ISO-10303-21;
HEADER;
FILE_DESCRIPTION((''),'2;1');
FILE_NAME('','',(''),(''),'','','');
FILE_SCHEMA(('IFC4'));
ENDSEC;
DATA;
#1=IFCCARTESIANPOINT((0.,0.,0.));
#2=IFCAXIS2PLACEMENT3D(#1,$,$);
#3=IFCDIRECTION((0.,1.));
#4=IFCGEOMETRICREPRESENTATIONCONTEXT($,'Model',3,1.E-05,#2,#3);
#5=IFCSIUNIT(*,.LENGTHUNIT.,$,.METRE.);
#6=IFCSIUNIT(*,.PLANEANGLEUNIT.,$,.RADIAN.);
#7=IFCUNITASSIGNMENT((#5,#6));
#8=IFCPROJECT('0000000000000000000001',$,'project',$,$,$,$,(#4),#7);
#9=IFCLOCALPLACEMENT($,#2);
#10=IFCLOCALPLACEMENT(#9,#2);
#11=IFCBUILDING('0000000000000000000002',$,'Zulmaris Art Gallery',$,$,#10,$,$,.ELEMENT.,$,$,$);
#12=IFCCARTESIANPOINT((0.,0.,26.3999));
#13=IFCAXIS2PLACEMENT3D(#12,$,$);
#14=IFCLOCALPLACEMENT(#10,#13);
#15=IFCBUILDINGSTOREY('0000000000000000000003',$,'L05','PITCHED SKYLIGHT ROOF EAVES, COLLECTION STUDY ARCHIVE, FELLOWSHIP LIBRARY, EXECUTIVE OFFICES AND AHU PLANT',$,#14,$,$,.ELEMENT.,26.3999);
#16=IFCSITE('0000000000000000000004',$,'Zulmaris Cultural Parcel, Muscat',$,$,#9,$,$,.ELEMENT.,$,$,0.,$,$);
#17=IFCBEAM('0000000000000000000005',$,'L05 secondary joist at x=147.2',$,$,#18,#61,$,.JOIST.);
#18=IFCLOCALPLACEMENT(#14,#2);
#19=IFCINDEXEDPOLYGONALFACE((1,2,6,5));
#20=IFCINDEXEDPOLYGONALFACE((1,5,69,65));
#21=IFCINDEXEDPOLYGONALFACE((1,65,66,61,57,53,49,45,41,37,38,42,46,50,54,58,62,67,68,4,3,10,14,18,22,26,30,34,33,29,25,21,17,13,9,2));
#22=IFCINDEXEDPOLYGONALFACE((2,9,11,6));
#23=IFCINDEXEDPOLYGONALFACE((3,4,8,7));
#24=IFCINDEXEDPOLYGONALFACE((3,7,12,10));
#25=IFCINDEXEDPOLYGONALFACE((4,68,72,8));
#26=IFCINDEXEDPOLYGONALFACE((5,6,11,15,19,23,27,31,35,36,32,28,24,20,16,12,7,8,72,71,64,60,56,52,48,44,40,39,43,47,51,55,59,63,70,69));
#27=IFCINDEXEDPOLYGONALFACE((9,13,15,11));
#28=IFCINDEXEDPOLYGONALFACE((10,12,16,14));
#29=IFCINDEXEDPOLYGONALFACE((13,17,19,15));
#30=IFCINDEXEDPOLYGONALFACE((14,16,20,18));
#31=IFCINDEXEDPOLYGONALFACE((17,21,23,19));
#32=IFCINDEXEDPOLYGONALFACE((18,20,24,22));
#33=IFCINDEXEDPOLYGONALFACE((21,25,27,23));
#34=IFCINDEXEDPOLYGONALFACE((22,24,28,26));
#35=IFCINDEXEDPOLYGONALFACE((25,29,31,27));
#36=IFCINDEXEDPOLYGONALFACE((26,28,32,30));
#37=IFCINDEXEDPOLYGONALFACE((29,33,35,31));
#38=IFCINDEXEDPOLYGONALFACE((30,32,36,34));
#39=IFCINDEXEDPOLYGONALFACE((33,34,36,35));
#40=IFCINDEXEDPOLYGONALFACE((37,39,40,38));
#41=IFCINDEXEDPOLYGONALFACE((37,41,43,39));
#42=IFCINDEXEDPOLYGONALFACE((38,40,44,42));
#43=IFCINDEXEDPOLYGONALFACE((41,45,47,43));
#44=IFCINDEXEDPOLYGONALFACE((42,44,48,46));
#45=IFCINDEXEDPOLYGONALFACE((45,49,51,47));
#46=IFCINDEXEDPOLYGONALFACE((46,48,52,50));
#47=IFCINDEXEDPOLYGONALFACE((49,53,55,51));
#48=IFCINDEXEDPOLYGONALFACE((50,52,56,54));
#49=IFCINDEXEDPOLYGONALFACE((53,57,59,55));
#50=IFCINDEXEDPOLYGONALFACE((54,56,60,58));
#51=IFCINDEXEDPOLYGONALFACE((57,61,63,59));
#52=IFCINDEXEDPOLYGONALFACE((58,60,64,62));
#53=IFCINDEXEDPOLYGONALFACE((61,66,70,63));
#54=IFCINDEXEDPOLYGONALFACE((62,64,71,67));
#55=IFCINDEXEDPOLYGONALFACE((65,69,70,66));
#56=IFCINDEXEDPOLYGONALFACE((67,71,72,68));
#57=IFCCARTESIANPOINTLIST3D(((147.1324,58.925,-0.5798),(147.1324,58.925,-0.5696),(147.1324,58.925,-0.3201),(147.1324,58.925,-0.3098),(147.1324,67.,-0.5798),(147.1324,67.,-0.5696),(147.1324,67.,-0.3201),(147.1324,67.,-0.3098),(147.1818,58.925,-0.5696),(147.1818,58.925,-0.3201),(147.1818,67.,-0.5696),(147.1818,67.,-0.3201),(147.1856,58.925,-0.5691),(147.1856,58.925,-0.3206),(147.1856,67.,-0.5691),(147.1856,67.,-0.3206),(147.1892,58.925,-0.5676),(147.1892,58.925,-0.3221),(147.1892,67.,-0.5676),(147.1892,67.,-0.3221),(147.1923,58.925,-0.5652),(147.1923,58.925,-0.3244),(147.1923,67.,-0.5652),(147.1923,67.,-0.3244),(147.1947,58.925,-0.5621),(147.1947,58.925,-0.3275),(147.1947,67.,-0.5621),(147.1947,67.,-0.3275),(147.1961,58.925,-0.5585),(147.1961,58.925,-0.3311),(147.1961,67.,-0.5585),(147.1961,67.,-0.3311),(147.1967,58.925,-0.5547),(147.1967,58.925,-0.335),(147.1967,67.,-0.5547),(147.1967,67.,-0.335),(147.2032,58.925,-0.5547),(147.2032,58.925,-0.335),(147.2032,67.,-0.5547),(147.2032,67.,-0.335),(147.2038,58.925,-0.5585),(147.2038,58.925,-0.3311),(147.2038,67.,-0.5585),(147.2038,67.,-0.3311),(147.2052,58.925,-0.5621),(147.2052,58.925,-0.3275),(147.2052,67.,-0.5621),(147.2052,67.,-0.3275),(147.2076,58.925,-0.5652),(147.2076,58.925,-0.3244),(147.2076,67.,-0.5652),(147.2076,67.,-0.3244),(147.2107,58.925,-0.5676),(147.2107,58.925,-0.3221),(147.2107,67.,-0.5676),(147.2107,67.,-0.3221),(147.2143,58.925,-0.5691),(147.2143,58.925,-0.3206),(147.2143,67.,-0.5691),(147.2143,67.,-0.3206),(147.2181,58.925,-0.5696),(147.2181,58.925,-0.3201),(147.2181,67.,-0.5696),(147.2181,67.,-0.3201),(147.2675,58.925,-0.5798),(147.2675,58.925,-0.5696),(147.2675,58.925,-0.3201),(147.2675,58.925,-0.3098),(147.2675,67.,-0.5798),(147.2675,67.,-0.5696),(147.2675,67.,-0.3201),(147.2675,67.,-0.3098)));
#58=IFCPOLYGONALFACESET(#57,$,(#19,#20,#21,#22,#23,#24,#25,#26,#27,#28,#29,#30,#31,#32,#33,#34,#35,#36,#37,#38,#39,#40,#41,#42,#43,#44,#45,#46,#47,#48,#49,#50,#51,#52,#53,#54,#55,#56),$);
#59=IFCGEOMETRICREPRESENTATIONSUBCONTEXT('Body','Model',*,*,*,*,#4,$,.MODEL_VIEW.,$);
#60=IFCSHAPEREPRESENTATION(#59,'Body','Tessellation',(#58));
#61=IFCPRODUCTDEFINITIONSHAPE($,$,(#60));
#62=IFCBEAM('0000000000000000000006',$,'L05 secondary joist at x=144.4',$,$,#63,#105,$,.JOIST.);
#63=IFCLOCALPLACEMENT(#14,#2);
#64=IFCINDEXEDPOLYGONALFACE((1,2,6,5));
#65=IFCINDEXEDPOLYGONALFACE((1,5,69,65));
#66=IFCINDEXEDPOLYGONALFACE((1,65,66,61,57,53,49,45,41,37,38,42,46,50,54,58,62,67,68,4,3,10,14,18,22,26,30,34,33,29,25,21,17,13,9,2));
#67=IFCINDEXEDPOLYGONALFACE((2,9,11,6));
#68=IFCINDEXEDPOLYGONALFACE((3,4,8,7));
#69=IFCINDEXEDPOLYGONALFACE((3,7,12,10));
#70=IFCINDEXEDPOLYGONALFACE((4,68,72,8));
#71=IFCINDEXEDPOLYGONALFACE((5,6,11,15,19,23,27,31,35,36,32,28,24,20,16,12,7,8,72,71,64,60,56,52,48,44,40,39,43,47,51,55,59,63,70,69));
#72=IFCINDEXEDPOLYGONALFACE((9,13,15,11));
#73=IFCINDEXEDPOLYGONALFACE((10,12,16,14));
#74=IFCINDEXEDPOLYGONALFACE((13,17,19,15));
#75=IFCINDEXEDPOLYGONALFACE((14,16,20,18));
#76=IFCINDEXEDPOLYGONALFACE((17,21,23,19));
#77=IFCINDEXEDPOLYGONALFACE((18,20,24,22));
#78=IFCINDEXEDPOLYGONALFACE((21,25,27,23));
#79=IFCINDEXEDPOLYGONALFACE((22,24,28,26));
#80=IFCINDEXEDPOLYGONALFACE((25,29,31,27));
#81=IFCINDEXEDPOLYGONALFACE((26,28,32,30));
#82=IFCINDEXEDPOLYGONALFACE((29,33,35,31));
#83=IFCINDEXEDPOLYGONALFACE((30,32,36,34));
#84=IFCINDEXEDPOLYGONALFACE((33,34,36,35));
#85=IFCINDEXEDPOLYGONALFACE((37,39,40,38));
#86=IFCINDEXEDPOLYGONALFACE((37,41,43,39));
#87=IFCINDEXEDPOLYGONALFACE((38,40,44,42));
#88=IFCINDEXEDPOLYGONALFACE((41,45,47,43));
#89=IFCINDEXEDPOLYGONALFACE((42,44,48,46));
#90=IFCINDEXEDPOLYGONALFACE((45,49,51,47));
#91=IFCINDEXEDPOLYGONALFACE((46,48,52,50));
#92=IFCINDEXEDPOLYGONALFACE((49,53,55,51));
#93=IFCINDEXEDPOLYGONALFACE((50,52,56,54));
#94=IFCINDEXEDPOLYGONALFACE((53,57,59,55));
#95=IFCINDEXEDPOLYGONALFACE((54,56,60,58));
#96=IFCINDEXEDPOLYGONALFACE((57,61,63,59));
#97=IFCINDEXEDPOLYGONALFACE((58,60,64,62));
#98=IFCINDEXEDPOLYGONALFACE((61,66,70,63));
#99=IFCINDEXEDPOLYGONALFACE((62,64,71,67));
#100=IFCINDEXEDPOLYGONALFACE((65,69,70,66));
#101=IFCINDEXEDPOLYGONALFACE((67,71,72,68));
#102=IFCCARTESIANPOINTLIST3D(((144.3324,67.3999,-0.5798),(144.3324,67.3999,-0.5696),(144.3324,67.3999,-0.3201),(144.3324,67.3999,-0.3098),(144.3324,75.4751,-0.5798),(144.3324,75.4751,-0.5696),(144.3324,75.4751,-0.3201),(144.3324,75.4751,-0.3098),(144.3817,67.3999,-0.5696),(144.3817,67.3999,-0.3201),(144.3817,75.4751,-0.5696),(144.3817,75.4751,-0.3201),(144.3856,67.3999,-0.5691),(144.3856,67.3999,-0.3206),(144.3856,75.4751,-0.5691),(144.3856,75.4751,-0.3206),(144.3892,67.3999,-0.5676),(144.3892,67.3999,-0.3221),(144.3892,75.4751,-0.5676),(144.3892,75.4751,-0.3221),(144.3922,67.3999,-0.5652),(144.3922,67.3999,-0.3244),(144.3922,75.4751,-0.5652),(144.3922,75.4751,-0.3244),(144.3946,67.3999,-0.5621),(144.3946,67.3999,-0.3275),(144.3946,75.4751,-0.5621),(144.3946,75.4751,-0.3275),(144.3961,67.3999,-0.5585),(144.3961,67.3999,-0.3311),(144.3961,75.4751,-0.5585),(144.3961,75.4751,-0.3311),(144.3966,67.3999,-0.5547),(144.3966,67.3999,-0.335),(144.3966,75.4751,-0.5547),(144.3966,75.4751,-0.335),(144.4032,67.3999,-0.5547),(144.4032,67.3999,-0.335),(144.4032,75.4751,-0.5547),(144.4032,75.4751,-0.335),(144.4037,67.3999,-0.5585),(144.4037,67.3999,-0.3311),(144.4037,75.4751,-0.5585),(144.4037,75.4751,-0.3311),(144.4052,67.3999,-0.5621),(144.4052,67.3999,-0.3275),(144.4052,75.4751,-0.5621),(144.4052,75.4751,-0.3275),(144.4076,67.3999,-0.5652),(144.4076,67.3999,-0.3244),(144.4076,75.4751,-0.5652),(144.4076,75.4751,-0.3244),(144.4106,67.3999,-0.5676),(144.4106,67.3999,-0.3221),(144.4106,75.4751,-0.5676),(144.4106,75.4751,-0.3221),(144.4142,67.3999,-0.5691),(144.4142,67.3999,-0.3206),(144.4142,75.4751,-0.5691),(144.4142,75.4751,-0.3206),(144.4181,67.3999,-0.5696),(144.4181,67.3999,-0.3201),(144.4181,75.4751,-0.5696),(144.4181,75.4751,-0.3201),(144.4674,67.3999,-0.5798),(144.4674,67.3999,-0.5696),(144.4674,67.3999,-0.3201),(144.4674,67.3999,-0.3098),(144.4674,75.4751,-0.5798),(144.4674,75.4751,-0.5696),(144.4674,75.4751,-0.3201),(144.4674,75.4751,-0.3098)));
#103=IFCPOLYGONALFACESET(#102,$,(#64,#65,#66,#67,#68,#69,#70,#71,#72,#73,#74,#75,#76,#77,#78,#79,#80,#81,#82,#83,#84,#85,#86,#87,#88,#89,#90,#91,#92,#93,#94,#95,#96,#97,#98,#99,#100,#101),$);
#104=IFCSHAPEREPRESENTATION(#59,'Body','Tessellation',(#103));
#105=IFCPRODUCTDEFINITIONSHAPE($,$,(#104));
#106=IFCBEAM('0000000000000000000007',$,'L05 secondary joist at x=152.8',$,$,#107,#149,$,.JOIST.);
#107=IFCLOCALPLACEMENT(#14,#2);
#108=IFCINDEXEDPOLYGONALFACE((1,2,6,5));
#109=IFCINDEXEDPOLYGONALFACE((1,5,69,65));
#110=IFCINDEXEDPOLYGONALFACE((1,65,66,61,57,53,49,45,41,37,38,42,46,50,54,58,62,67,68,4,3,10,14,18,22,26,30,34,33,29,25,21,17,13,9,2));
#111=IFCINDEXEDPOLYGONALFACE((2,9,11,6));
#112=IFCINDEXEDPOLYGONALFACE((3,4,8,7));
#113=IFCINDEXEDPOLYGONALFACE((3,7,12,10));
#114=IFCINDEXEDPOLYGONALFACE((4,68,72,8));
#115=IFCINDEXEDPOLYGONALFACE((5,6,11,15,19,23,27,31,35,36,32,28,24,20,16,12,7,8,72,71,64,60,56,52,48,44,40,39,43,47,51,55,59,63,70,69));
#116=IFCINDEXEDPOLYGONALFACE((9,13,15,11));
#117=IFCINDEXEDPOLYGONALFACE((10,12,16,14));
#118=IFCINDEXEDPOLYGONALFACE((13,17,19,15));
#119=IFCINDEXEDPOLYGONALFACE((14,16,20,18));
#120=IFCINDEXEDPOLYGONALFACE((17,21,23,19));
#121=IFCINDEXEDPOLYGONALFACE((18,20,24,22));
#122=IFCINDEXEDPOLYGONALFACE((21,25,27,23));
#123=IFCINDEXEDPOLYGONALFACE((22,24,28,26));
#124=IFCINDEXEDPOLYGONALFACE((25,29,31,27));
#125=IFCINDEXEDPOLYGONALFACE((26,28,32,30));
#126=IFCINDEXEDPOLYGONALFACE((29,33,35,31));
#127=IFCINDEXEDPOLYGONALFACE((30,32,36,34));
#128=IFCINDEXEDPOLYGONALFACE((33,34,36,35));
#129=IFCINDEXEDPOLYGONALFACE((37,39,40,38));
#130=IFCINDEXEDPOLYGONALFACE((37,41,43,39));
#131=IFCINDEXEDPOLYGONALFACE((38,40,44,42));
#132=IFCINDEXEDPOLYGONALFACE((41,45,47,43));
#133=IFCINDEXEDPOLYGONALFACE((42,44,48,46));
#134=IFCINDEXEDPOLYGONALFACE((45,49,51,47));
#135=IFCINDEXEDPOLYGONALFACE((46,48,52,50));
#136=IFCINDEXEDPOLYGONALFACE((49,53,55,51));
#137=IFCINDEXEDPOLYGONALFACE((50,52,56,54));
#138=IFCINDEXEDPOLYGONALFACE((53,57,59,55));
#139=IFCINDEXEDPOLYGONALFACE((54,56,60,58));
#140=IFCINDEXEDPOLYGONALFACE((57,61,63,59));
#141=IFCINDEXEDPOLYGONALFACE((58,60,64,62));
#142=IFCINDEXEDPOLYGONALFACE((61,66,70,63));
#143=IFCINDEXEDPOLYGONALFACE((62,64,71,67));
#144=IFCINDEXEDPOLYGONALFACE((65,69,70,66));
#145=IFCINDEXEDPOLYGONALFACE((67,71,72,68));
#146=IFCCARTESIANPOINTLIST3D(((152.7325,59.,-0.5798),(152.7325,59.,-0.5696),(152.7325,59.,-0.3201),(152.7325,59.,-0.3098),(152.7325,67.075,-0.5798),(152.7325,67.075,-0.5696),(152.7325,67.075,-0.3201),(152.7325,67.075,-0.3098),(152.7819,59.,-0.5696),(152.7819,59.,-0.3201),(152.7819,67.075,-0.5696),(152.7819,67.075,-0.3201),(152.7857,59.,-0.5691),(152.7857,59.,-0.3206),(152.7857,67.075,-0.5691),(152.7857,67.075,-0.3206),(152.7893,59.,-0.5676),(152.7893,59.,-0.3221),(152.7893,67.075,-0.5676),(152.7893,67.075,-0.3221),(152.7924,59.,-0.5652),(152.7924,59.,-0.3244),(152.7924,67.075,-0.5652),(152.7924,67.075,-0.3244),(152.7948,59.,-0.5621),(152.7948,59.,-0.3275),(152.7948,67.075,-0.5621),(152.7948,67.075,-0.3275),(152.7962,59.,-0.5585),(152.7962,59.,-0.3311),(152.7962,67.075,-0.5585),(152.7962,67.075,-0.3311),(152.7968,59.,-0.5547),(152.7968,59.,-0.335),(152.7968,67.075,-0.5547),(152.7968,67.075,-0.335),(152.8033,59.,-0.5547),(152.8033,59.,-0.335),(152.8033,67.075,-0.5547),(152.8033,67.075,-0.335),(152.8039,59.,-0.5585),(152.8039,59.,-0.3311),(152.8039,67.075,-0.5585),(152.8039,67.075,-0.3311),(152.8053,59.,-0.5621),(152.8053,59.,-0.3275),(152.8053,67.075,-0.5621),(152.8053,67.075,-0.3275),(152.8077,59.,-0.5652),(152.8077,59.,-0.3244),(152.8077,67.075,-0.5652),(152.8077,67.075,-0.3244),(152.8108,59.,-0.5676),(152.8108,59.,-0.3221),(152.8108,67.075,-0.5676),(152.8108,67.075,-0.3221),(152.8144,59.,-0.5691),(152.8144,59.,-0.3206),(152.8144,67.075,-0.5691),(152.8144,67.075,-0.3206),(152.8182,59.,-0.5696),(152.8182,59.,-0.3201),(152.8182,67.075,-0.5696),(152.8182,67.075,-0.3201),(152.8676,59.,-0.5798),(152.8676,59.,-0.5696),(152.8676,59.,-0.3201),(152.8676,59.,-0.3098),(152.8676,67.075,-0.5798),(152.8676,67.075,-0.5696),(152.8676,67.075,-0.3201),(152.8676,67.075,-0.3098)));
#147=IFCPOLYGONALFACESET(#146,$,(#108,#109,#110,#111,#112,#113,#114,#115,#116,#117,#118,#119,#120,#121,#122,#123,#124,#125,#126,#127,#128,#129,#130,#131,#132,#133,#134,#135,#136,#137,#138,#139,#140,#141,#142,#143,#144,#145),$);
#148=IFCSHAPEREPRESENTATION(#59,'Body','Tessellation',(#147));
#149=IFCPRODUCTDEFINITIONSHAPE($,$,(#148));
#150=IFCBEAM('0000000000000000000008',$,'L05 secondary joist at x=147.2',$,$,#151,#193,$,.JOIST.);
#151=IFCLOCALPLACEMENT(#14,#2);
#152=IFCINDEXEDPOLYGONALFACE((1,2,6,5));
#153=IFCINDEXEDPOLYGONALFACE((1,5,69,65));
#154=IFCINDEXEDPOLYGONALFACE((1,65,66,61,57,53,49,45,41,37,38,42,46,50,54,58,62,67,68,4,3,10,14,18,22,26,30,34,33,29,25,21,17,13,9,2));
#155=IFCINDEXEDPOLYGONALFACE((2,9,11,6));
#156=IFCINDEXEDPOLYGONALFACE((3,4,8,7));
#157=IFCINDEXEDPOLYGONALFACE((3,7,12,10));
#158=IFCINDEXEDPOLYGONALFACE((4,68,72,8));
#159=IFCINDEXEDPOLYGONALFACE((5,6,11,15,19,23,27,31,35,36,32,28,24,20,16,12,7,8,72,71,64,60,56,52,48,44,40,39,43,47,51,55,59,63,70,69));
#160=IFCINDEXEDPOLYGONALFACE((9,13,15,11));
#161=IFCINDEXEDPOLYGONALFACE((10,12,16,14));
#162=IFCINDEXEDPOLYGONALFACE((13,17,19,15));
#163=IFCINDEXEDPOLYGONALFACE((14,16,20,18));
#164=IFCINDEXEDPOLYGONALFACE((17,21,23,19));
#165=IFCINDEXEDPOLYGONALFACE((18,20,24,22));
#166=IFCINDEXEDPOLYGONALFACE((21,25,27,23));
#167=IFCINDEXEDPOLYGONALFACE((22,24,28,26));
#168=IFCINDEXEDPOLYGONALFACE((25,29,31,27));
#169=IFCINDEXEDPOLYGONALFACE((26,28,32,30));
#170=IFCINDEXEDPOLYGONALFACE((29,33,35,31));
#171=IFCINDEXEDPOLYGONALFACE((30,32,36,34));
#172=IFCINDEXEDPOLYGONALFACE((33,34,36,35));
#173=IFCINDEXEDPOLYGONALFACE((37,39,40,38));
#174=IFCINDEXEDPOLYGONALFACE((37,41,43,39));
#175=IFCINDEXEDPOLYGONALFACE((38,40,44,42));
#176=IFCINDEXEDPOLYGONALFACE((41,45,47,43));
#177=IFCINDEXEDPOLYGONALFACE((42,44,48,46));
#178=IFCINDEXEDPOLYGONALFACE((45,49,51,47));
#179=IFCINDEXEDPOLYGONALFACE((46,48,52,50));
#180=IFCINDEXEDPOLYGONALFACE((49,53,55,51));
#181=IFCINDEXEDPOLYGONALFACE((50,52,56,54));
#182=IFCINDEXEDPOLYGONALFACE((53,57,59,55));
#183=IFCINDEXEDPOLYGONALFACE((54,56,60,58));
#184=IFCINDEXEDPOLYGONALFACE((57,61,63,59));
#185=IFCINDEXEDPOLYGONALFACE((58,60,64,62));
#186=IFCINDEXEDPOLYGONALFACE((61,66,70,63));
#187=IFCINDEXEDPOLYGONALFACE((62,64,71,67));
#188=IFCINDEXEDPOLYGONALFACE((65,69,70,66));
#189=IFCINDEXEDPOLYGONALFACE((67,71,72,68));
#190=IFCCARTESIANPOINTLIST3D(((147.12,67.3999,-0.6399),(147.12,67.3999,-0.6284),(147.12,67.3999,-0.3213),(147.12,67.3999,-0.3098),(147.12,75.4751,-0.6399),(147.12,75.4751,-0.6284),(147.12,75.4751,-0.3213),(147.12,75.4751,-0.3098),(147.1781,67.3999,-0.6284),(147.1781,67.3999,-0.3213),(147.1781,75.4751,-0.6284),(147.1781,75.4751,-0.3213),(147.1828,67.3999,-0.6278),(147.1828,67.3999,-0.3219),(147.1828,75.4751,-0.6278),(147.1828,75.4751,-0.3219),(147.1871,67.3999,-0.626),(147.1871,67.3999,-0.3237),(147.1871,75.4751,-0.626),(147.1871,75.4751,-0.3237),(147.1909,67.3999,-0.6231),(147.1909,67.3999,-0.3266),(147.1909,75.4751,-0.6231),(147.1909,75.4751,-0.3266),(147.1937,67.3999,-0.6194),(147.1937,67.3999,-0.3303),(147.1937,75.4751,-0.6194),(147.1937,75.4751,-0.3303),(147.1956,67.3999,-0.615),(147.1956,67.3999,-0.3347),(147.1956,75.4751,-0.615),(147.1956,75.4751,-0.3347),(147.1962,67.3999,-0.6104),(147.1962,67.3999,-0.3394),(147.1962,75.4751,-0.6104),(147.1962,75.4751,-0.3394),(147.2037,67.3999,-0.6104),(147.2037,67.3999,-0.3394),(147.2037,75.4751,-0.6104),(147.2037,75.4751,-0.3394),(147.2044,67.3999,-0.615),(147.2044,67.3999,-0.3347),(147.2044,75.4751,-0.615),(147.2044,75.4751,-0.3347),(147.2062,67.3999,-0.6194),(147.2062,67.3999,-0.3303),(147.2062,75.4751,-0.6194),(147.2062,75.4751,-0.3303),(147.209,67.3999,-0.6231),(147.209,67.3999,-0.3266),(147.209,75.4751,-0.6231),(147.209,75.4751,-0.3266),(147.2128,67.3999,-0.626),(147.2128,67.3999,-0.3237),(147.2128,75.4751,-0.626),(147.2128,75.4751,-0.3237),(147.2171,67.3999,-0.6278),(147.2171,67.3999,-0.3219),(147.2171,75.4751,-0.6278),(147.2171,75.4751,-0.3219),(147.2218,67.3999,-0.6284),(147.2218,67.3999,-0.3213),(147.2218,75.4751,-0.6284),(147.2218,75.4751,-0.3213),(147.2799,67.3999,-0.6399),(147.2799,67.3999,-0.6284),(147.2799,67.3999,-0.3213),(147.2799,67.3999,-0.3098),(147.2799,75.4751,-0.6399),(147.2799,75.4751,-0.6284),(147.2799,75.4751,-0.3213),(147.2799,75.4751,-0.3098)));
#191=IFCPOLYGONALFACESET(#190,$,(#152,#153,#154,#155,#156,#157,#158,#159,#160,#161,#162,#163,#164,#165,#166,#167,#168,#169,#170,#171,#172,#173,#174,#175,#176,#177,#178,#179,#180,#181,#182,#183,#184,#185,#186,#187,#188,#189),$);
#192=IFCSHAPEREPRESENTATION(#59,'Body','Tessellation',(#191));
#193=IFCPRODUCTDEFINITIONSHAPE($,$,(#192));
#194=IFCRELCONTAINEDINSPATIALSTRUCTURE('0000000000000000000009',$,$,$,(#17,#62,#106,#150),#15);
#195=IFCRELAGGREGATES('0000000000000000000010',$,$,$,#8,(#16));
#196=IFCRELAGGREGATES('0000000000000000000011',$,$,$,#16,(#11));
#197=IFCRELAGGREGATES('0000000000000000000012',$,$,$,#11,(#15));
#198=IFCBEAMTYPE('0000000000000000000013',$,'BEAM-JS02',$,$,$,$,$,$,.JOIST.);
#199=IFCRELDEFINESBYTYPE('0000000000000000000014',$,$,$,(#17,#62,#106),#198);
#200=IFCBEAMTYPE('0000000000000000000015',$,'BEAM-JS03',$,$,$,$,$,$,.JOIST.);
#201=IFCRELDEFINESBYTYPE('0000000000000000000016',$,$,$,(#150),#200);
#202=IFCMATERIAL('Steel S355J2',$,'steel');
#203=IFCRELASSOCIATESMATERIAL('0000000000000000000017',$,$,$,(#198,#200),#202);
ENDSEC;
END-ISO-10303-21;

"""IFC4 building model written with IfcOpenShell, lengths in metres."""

from ifc_helpers import new_model, si_unit, direction, frame, origin, origin_2d, place, context, subcontext, project, spatial, i_section, extrude, material, material_profile, profile_set, type_object, element, save


model = new_model("IFC4")

# Units and contexts
model_context = context("Model", 3, precision=1e-05, world=origin(), true_north=direction((0.0, 1.0)))
body_context = subcontext(model_context, "Body", "Model", "MODEL_VIEW")
ifc_project = project(units=[si_unit("LENGTHUNIT", "METRE"), si_unit("PLANEANGLEUNIT", "RADIAN")], contexts=[model_context])

# Site, building, storey
site_placement = place(None, origin())
site = spatial("IfcSite", under=ifc_project, at=site_placement, Name="Zulmaris Cultural Parcel, Muscat", CompositionType="ELEMENT", RefElevation=0.0)
building_placement = place(site_placement, origin())
building = spatial("IfcBuilding", under=site, at=building_placement, Name="Zulmaris Art Gallery", CompositionType="ELEMENT")
storey_placement = place(building_placement, frame((0.0, 0.0, 26.3999)))
storey = spatial("IfcBuildingStorey", under=building, at=storey_placement, Name="L05", Description="PITCHED SKYLIGHT ROOF EAVES, COLLECTION STUDY ARCHIVE, FELLOWSHIP LIBRARY, EXECUTIVE OFFICES AND AHU PLANT", CompositionType="ELEMENT", Elevation=26.3999)

# Beams
ifc_material_1 = material(Name="Steel S355J2", Category="steel")
ifc_material_profile_1 = material_profile(ifc_material_1, i_section(OverallWidth=0.135, OverallDepth=0.27, WebThickness=0.0066, FlangeThickness=0.0103, FilletRadius=0.0149, at=origin_2d()), Name="IPE 270")
ifc_profile_set_1 = profile_set([ifc_material_profile_1], Name="Steel S355J2")
beam_type_1 = type_object("IfcBeamType", Name="BEAM-JS02", PredefinedType="JOIST", material=ifc_profile_set_1)
beam_1_placement = place(storey_placement, frame((147.2, 58.925, -0.4448), z_axis=(0.0, 1.0, 0.0), x_axis=(-1.0, 0.0, 0.0)))
element("IfcBeam", 1, at=beam_1_placement, inside=storey, type_object=beam_type_1, Name="L05 secondary joist at x=147.2", PredefinedType="JOIST", context=body_context, shape_type="SweptSolid", body=[
    extrude(i_section(OverallWidth=0.135, OverallDepth=0.27, WebThickness=0.0066, FlangeThickness=0.0103, FilletRadius=0.0149, at=origin_2d()), origin(), (0.0, 0.0, 1.0), 8.075),
])
beam_2_placement = place(storey_placement, frame((144.3999, 67.3999, -0.4448), z_axis=(0.0, 1.0, 0.0), x_axis=(-1.0, 0.0, 0.0)))
element("IfcBeam", 2, at=beam_2_placement, inside=storey, type_object=beam_type_1, Name="L05 secondary joist at x=144.4", PredefinedType="JOIST", context=body_context, shape_type="SweptSolid", body=[
    extrude(i_section(OverallWidth=0.135, OverallDepth=0.27, WebThickness=0.0066, FlangeThickness=0.0103, FilletRadius=0.0149, at=origin_2d()), origin(), (0.0, 0.0, 1.0), 8.0752),
])
beam_3_placement = place(storey_placement, frame((152.8, 59.0, -0.4448), z_axis=(0.0, 1.0, 0.0), x_axis=(-1.0, 0.0, 0.0)))
element("IfcBeam", 3, at=beam_3_placement, inside=storey, type_object=beam_type_1, Name="L05 secondary joist at x=152.8", PredefinedType="JOIST", context=body_context, shape_type="SweptSolid", body=[
    extrude(i_section(OverallWidth=0.135, OverallDepth=0.27, WebThickness=0.0066, FlangeThickness=0.0103, FilletRadius=0.0149, at=origin_2d()), origin(), (0.0, 0.0, 1.0), 8.075),
])
ifc_material_profile_2 = material_profile(ifc_material_1, i_section(OverallWidth=0.1599, OverallDepth=0.3301, WebThickness=0.0076, FlangeThickness=0.0115, FilletRadius=0.0181, at=origin_2d()), Name="IPE 330")
ifc_profile_set_2 = profile_set([ifc_material_profile_2], Name="Steel S355J2")
beam_type_2 = type_object("IfcBeamType", Name="BEAM-JS03", PredefinedType="JOIST", material=ifc_profile_set_2)
beam_4_placement = place(storey_placement, frame((147.2, 67.3999, -0.4749), z_axis=(0.0, 1.0, 0.0), x_axis=(-1.0, 0.0, 0.0)))
element("IfcBeam", 4, at=beam_4_placement, inside=storey, type_object=beam_type_2, Name="L05 secondary joist at x=147.2", PredefinedType="JOIST", context=body_context, shape_type="SweptSolid", body=[
    extrude(i_section(OverallWidth=0.1599, OverallDepth=0.3301, WebThickness=0.0076, FlangeThickness=0.0115, FilletRadius=0.0181, at=origin_2d()), origin(), (0.0, 0.0, 1.0), 8.0752),
])

save(model, "model.ifc")
